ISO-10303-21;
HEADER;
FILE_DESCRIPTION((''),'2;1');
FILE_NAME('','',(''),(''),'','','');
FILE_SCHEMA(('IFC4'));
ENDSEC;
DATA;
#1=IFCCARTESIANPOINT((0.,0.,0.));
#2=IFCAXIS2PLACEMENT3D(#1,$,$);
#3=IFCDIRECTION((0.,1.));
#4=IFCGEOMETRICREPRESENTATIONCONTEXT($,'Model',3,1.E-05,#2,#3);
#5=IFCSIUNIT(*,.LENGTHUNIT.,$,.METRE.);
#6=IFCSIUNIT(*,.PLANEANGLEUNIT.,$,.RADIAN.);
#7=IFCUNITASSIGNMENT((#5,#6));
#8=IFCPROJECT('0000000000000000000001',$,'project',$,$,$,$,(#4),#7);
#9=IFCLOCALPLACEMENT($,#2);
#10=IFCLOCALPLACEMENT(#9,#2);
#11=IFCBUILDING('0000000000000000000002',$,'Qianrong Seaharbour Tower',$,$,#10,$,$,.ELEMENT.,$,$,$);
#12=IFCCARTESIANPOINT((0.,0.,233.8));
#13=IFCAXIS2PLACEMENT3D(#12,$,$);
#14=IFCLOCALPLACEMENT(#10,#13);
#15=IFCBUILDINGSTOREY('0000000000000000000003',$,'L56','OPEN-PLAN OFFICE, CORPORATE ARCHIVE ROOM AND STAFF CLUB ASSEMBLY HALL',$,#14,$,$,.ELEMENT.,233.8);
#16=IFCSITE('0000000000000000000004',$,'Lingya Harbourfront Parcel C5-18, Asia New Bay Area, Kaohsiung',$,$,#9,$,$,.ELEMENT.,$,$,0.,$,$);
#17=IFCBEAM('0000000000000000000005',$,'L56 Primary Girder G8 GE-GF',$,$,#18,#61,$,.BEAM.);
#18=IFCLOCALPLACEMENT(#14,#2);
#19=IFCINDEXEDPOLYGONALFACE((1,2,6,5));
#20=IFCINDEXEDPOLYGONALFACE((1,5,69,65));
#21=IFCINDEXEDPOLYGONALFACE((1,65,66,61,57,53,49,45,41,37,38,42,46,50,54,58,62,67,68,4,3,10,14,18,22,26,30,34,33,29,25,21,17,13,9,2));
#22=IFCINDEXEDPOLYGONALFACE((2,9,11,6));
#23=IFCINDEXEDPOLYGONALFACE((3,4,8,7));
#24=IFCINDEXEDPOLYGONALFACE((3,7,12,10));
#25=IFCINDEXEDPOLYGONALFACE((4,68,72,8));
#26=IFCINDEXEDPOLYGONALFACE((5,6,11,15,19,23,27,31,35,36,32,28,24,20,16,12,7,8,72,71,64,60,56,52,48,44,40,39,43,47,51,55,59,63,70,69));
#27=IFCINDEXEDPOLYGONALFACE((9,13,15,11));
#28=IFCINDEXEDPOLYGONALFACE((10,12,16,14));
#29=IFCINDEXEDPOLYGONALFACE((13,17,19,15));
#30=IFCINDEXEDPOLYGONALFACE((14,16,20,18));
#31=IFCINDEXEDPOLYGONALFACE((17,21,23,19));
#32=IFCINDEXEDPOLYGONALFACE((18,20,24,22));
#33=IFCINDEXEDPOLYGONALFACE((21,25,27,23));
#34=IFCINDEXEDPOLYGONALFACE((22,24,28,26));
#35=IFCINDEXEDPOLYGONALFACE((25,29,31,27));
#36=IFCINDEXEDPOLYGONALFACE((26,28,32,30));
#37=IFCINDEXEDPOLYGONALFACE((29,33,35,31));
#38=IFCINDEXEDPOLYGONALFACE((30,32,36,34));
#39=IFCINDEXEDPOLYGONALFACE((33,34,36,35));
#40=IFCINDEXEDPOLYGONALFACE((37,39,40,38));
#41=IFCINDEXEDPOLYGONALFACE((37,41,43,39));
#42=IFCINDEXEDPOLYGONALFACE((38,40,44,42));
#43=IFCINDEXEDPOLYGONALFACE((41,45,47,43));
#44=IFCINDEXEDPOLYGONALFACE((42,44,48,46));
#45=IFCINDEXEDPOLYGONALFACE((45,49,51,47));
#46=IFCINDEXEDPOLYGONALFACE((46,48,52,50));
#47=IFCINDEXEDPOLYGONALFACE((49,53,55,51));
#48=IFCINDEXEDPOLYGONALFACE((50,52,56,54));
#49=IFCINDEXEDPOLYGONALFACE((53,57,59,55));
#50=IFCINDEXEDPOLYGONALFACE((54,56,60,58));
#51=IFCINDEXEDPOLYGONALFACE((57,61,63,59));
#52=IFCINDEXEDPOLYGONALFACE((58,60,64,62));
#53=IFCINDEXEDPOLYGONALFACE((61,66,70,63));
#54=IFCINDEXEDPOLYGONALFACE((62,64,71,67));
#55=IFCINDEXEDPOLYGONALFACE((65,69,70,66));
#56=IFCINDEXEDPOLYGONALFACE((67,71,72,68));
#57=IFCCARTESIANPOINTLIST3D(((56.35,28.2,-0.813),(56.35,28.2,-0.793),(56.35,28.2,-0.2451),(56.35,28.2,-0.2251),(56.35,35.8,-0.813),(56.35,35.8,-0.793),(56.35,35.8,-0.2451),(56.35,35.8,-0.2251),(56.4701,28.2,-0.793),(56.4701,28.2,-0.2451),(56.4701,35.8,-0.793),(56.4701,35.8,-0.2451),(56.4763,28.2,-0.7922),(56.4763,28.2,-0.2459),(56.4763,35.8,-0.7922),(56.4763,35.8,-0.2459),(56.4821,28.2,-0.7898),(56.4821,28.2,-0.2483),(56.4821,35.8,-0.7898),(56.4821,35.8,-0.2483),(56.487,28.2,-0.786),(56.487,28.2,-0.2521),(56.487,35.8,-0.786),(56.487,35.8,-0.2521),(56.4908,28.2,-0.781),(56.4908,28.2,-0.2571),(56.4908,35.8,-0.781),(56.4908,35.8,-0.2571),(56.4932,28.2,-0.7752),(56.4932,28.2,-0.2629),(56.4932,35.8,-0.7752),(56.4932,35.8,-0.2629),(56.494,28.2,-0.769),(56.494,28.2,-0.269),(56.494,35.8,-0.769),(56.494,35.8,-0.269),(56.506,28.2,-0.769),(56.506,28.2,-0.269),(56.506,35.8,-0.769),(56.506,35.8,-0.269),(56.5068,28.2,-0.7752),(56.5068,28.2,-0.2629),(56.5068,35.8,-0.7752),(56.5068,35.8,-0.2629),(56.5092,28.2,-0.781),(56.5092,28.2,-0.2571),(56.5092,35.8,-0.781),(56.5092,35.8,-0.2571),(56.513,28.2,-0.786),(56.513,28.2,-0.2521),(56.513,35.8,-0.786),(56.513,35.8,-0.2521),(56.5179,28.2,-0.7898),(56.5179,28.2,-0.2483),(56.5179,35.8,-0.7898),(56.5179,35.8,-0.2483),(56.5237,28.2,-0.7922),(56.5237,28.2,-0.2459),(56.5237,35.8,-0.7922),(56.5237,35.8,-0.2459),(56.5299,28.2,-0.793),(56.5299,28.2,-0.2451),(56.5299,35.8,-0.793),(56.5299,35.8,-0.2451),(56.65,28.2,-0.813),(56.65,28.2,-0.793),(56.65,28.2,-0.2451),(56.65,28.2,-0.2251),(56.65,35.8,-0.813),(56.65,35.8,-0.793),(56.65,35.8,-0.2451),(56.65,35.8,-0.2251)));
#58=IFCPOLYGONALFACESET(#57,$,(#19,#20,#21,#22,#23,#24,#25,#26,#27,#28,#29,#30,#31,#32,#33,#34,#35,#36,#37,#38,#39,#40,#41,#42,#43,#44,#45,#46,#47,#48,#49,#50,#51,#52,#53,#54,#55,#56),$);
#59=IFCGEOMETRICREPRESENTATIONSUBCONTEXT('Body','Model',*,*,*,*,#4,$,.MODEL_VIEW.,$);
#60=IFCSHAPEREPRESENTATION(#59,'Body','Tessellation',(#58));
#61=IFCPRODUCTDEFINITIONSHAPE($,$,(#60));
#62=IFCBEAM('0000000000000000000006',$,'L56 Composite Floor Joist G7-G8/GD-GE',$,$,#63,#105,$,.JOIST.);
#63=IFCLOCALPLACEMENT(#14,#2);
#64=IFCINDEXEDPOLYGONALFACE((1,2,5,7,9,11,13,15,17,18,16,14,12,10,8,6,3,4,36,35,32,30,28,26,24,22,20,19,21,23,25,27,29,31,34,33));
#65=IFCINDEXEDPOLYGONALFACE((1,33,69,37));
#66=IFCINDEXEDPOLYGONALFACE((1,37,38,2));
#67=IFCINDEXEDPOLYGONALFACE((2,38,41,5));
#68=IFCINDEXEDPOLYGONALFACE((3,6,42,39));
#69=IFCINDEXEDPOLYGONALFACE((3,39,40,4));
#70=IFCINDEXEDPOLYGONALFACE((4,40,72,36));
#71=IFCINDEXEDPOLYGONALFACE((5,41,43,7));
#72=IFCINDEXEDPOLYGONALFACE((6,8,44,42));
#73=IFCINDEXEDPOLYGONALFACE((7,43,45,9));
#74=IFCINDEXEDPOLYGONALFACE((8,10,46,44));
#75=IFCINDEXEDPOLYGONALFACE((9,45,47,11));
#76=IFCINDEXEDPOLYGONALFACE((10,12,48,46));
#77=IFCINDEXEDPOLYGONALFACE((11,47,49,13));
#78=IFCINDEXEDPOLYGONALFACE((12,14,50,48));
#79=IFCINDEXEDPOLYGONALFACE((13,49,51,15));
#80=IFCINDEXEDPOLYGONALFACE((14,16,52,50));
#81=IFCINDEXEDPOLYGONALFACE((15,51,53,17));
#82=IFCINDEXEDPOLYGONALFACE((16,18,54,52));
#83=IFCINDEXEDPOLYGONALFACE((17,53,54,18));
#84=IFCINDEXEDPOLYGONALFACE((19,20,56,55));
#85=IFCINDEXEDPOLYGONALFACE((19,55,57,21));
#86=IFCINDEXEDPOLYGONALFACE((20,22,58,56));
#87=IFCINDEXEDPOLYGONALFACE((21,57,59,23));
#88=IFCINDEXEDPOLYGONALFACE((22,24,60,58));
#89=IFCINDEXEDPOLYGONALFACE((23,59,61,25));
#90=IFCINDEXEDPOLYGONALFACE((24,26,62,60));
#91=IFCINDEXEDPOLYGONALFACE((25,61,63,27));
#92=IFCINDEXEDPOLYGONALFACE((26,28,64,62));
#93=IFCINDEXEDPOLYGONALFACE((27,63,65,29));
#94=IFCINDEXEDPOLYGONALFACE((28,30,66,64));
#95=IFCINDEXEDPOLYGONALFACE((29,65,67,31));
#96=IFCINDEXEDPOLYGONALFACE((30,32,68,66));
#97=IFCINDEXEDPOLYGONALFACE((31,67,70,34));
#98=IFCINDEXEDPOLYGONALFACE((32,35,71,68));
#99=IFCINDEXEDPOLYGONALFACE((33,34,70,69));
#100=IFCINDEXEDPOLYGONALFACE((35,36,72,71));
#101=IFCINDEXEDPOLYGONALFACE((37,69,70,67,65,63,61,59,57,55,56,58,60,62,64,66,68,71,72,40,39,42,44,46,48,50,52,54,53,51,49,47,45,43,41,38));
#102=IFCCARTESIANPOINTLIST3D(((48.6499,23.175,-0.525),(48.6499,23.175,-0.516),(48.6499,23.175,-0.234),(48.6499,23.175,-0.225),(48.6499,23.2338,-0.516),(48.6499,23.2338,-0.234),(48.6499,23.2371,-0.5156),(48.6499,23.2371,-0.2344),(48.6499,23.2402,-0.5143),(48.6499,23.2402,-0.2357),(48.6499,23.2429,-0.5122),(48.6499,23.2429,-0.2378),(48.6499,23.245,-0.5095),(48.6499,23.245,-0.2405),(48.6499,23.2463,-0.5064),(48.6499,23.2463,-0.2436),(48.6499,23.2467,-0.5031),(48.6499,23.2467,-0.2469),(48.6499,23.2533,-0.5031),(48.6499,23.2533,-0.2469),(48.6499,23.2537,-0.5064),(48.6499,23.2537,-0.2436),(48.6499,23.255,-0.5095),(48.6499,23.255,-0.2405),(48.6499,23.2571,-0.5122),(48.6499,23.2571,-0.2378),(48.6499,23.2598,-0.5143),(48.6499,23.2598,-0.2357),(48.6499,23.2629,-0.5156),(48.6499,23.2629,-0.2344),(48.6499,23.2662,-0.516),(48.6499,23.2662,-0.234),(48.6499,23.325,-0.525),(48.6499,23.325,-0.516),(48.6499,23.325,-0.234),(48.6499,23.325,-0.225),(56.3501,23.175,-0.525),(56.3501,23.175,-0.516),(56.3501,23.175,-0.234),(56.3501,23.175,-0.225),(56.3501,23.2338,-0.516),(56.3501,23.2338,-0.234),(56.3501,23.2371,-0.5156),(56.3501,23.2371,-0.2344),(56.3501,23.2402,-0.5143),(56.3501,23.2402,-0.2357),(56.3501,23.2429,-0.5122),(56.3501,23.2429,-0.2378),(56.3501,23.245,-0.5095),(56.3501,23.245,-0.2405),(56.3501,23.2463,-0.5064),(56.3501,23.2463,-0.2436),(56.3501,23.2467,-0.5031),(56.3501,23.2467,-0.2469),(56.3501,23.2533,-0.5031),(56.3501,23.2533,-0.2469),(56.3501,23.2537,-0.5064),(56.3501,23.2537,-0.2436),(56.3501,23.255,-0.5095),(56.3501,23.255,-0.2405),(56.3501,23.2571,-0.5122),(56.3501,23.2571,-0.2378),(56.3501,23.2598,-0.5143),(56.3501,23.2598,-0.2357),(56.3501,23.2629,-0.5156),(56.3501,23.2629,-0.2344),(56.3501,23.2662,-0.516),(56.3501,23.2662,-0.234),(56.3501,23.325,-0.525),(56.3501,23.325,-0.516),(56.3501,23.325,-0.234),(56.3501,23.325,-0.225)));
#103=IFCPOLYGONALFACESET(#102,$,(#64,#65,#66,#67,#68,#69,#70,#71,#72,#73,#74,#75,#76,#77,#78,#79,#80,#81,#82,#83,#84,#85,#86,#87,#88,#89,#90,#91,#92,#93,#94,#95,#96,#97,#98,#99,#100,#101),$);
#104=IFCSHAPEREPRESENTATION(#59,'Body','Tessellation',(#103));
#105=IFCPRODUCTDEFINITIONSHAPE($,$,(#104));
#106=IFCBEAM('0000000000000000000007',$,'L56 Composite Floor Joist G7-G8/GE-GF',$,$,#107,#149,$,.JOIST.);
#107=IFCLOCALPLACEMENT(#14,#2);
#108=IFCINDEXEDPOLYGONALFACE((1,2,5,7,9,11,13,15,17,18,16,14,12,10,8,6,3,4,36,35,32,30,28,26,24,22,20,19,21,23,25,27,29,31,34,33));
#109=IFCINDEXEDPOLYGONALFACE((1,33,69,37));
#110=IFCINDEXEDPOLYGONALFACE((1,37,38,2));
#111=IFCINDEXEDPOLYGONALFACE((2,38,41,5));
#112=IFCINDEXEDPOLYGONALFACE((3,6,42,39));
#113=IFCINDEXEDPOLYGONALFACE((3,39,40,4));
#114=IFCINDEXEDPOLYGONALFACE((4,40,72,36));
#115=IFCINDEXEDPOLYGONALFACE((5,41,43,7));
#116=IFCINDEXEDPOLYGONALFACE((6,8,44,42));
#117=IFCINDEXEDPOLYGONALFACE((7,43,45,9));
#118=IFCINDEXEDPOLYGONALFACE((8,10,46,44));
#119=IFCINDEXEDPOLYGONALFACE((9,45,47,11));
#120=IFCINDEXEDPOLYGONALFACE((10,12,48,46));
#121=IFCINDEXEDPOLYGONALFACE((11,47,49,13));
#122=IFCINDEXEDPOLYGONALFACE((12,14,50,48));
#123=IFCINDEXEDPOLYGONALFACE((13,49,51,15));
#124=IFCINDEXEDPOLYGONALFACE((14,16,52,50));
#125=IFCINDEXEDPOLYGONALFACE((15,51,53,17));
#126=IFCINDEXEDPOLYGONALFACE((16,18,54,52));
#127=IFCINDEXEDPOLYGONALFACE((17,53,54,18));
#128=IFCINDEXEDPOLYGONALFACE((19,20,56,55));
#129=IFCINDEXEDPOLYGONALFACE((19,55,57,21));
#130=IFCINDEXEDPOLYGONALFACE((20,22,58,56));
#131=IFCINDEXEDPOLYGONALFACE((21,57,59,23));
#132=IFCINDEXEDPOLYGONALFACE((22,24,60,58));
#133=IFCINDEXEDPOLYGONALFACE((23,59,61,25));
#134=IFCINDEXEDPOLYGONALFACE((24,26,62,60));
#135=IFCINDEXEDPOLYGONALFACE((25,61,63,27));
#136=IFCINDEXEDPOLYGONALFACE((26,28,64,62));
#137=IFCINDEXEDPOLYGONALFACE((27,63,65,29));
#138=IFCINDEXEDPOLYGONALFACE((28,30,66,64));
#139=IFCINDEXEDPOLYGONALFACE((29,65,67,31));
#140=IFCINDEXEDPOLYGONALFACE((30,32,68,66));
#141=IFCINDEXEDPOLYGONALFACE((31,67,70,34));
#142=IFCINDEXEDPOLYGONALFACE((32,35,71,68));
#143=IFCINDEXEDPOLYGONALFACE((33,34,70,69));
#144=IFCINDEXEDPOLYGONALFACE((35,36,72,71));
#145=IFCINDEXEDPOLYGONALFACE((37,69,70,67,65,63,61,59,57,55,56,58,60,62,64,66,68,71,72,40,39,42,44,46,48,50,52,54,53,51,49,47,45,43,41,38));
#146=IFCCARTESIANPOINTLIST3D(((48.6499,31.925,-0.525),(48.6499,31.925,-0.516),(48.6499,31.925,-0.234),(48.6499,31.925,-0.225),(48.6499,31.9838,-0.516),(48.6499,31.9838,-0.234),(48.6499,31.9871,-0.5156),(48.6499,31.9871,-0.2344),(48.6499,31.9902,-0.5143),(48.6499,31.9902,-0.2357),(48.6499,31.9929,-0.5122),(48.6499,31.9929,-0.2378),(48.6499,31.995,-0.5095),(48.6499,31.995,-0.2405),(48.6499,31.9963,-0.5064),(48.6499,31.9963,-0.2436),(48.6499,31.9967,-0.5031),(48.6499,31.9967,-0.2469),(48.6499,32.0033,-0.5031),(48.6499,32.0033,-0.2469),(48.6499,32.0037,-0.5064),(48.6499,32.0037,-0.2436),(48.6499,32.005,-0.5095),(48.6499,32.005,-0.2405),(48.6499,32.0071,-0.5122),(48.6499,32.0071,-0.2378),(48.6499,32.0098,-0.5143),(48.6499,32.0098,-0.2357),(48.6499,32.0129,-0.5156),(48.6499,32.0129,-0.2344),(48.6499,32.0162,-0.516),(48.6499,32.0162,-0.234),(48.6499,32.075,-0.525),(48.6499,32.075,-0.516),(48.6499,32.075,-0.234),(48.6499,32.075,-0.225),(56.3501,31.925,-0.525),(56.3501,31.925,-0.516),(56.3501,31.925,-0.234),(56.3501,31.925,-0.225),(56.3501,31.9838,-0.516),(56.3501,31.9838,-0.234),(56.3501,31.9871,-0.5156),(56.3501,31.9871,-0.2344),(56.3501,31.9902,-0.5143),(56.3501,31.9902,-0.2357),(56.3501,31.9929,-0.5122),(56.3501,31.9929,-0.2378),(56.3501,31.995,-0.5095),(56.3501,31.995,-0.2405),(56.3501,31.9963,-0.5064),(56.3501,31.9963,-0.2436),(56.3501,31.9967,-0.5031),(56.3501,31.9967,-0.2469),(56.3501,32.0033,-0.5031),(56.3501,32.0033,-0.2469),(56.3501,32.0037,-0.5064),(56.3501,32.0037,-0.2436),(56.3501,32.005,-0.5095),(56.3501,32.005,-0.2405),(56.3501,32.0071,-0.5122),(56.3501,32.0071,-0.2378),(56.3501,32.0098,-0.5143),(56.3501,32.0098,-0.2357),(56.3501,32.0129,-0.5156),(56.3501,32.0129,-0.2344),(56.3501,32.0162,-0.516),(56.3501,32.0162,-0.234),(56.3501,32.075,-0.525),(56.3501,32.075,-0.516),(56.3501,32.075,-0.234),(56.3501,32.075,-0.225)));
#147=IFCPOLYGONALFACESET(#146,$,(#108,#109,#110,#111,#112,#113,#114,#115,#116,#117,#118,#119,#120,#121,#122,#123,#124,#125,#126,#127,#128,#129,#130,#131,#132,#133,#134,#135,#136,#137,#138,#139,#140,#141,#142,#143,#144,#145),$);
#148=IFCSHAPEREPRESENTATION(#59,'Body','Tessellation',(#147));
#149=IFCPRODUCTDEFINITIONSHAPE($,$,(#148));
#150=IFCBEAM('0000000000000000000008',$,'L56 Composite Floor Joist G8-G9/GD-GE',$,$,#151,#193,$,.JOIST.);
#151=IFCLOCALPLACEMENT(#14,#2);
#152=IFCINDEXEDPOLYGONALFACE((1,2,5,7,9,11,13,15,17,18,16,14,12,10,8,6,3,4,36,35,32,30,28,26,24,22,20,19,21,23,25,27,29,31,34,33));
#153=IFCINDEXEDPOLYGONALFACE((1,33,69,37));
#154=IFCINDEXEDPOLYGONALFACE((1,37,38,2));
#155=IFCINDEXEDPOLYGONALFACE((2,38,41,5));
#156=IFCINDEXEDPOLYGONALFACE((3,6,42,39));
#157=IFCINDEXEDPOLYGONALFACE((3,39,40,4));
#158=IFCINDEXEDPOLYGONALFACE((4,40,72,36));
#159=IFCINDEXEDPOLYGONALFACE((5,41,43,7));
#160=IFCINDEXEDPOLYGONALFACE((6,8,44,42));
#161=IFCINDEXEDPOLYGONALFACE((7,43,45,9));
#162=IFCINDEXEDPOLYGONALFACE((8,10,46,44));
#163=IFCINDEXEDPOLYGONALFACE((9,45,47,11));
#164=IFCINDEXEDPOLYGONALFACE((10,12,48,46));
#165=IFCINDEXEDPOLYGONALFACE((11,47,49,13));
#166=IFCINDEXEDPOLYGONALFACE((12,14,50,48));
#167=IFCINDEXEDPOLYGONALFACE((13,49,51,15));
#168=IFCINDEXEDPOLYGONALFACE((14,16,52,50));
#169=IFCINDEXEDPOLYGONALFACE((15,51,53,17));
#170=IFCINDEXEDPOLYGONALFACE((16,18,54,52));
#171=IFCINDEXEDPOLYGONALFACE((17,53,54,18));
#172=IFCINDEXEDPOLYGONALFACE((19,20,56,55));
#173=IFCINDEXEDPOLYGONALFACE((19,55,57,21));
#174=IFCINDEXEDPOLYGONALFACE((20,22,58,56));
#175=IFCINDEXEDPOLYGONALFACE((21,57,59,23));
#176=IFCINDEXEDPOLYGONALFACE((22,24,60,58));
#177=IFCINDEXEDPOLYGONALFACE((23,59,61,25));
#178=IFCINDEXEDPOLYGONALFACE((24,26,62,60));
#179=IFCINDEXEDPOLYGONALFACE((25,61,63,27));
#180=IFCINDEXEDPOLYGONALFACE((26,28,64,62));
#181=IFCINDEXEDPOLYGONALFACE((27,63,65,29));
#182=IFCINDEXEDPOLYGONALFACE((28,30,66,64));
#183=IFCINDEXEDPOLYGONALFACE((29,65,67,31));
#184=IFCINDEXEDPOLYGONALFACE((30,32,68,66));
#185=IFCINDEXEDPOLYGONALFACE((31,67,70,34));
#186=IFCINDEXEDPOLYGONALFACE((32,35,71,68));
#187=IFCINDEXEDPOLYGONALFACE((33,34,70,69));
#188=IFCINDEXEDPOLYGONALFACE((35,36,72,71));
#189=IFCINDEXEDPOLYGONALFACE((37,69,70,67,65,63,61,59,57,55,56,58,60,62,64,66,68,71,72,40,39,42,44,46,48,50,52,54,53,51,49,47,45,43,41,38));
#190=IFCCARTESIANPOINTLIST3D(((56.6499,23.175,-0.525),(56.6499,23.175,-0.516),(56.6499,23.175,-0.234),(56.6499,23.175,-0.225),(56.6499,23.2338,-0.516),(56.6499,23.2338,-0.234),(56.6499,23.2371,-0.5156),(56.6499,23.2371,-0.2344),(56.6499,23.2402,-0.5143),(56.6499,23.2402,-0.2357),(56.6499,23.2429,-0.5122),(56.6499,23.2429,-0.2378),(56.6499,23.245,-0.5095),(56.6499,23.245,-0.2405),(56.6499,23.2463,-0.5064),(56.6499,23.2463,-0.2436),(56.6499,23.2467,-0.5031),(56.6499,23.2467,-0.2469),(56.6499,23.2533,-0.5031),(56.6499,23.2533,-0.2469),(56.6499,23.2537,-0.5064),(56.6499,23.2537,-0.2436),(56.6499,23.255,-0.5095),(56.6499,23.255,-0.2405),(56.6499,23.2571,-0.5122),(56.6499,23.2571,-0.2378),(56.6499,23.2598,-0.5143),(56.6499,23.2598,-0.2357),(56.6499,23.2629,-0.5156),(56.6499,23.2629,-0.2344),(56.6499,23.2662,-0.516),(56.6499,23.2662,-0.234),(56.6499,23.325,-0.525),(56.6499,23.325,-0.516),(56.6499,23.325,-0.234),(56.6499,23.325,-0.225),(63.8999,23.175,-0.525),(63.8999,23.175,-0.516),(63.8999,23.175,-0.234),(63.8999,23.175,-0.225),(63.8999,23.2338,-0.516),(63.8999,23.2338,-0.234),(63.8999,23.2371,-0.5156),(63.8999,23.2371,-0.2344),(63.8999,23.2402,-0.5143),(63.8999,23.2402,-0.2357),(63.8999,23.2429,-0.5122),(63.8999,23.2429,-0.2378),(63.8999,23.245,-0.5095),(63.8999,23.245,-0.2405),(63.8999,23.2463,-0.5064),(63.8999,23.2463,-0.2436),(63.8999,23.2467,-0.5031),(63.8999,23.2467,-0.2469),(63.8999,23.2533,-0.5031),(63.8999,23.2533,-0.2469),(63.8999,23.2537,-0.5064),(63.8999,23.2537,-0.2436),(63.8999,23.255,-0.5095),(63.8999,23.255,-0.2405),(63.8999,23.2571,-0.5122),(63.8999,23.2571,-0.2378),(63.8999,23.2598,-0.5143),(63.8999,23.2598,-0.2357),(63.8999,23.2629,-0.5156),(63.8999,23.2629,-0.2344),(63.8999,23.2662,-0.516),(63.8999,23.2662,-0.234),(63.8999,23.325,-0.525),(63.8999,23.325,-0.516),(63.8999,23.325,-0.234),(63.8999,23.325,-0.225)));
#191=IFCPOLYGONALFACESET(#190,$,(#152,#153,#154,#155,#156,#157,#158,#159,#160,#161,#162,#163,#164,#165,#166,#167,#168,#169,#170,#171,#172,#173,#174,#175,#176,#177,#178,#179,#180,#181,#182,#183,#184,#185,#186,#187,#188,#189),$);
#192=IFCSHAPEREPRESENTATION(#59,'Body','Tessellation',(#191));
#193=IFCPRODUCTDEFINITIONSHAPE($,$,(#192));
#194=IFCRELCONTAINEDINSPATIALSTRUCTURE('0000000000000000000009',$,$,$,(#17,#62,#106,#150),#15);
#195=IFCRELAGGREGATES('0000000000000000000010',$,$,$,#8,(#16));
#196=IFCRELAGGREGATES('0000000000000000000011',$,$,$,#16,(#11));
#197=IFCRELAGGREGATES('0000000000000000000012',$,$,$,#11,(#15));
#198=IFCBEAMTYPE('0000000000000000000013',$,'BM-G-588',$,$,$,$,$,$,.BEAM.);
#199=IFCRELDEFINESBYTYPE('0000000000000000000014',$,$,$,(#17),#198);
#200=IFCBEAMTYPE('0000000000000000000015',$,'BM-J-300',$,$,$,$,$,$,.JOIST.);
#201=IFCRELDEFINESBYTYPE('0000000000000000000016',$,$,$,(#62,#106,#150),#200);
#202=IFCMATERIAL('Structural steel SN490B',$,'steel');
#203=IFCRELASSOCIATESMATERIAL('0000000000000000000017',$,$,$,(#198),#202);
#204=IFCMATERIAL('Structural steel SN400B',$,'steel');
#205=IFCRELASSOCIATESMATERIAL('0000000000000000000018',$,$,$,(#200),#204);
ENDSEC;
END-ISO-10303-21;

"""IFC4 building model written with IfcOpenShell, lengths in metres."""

from ifc_helpers import new_model, si_unit, direction, frame, origin, origin_2d, place, context, subcontext, project, spatial, i_section, extrude, material, material_profile, profile_set, type_object, element, save


model = new_model("IFC4")

# Units and contexts
model_context = context("Model", 3, precision=1e-05, world=origin(), true_north=direction((0.0, 1.0)))
body_context = subcontext(model_context, "Body", "Model", "MODEL_VIEW")
ifc_project = project(units=[si_unit("LENGTHUNIT", "METRE"), si_unit("PLANEANGLEUNIT", "RADIAN")], contexts=[model_context])

# Site, building, storey
site_placement = place(None, origin())
site = spatial("IfcSite", under=ifc_project, at=site_placement, Name="Lingya Harbourfront Parcel C5-18, Asia New Bay Area, Kaohsiung", CompositionType="ELEMENT", RefElevation=0.0)
building_placement = place(site_placement, origin())
building = spatial("IfcBuilding", under=site, at=building_placement, Name="Qianrong Seaharbour Tower", CompositionType="ELEMENT")
storey_placement = place(building_placement, frame((0.0, 0.0, 233.8)))
storey = spatial("IfcBuildingStorey", under=building, at=storey_placement, Name="L56", Description="OPEN-PLAN OFFICE, CORPORATE ARCHIVE ROOM AND STAFF CLUB ASSEMBLY HALL", CompositionType="ELEMENT", Elevation=233.8)

# Shared definitions
ifc_material_1 = material(Name="Structural steel SN490B", Category="steel")

# Beams
ifc_material_profile_1 = material_profile(ifc_material_1, i_section(OverallWidth=0.3, OverallDepth=0.5879, WebThickness=0.012, FlangeThickness=0.02, FilletRadius=0.0239, at=origin_2d()), Name="H588x300x12x20")
ifc_profile_set_1 = profile_set([ifc_material_profile_1], Name="Structural steel SN490B")
beam_type_1 = type_object("IfcBeamType", Name="BM-G-588", PredefinedType="BEAM", material=ifc_profile_set_1)
for number, where, z_axis, x_axis, name in (
    (1, (56.5, 28.2, -0.519), (0.0, 1.0, 0.0), (-1.0, 0.0, 0.0), "L56 Primary Girder G8 GE-GF"),
):
    element("IfcBeam", number, at=place(storey_placement, frame(where, z_axis=z_axis, x_axis=x_axis)), inside=storey, type_object=beam_type_1, Name=name, PredefinedType="BEAM", context=body_context, shape_type="SweptSolid", body=[
        extrude(i_section(OverallWidth=0.3, OverallDepth=0.5879, WebThickness=0.012, FlangeThickness=0.02, FilletRadius=0.0239, at=origin_2d()), origin(), (0.0, 0.0, 1.0), 7.6001),
    ])
ifc_material_2 = material(Name="Structural steel SN400B", Category="steel")
ifc_material_profile_2 = material_profile(ifc_material_2, i_section(OverallWidth=0.1499, OverallDepth=0.3, WebThickness=0.0066, FlangeThickness=0.009, FilletRadius=0.0129, at=origin_2d()), Name="H300x150x6.5x9")
ifc_profile_set_2 = profile_set([ifc_material_profile_2], Name="Structural steel SN400B")
beam_type_2 = type_object("IfcBeamType", Name="BM-J-300", PredefinedType="JOIST", material=ifc_profile_set_2)
for number, where, z_axis, x_axis, name in (
    (2, (48.6499, 23.25, -0.375), (1.0, 0.0, 0.0), (0.0, 1.0, 0.0), "L56 Composite Floor Joist G7-G8/GD-GE"),
    (3, (48.6499, 32.0, -0.375), (1.0, 0.0, 0.0), (0.0, 1.0, 0.0), "L56 Composite Floor Joist G7-G8/GE-GF"),
):
    element("IfcBeam", number, at=place(storey_placement, frame(where, z_axis=z_axis, x_axis=x_axis)), inside=storey, type_object=beam_type_2, Name=name, PredefinedType="JOIST", context=body_context, shape_type="SweptSolid", body=[
        extrude(i_section(OverallWidth=0.1499, OverallDepth=0.3, WebThickness=0.0066, FlangeThickness=0.009, FilletRadius=0.0129, at=origin_2d()), origin(), (0.0, 0.0, 1.0), 7.7002),
    ])
for number, where, z_axis, x_axis, name in (
    (4, (56.6499, 23.25, -0.375), (1.0, 0.0, 0.0), (0.0, 1.0, 0.0), "L56 Composite Floor Joist G8-G9/GD-GE"),
):
    element("IfcBeam", number, at=place(storey_placement, frame(where, z_axis=z_axis, x_axis=x_axis)), inside=storey, type_object=beam_type_2, Name=name, PredefinedType="JOIST", context=body_context, shape_type="SweptSolid", body=[
        extrude(i_section(OverallWidth=0.1499, OverallDepth=0.3, WebThickness=0.0066, FlangeThickness=0.009, FilletRadius=0.0129, at=origin_2d()), origin(), (0.0, 0.0, 1.0), 7.25),
    ])

save(model, "model.ifc")
